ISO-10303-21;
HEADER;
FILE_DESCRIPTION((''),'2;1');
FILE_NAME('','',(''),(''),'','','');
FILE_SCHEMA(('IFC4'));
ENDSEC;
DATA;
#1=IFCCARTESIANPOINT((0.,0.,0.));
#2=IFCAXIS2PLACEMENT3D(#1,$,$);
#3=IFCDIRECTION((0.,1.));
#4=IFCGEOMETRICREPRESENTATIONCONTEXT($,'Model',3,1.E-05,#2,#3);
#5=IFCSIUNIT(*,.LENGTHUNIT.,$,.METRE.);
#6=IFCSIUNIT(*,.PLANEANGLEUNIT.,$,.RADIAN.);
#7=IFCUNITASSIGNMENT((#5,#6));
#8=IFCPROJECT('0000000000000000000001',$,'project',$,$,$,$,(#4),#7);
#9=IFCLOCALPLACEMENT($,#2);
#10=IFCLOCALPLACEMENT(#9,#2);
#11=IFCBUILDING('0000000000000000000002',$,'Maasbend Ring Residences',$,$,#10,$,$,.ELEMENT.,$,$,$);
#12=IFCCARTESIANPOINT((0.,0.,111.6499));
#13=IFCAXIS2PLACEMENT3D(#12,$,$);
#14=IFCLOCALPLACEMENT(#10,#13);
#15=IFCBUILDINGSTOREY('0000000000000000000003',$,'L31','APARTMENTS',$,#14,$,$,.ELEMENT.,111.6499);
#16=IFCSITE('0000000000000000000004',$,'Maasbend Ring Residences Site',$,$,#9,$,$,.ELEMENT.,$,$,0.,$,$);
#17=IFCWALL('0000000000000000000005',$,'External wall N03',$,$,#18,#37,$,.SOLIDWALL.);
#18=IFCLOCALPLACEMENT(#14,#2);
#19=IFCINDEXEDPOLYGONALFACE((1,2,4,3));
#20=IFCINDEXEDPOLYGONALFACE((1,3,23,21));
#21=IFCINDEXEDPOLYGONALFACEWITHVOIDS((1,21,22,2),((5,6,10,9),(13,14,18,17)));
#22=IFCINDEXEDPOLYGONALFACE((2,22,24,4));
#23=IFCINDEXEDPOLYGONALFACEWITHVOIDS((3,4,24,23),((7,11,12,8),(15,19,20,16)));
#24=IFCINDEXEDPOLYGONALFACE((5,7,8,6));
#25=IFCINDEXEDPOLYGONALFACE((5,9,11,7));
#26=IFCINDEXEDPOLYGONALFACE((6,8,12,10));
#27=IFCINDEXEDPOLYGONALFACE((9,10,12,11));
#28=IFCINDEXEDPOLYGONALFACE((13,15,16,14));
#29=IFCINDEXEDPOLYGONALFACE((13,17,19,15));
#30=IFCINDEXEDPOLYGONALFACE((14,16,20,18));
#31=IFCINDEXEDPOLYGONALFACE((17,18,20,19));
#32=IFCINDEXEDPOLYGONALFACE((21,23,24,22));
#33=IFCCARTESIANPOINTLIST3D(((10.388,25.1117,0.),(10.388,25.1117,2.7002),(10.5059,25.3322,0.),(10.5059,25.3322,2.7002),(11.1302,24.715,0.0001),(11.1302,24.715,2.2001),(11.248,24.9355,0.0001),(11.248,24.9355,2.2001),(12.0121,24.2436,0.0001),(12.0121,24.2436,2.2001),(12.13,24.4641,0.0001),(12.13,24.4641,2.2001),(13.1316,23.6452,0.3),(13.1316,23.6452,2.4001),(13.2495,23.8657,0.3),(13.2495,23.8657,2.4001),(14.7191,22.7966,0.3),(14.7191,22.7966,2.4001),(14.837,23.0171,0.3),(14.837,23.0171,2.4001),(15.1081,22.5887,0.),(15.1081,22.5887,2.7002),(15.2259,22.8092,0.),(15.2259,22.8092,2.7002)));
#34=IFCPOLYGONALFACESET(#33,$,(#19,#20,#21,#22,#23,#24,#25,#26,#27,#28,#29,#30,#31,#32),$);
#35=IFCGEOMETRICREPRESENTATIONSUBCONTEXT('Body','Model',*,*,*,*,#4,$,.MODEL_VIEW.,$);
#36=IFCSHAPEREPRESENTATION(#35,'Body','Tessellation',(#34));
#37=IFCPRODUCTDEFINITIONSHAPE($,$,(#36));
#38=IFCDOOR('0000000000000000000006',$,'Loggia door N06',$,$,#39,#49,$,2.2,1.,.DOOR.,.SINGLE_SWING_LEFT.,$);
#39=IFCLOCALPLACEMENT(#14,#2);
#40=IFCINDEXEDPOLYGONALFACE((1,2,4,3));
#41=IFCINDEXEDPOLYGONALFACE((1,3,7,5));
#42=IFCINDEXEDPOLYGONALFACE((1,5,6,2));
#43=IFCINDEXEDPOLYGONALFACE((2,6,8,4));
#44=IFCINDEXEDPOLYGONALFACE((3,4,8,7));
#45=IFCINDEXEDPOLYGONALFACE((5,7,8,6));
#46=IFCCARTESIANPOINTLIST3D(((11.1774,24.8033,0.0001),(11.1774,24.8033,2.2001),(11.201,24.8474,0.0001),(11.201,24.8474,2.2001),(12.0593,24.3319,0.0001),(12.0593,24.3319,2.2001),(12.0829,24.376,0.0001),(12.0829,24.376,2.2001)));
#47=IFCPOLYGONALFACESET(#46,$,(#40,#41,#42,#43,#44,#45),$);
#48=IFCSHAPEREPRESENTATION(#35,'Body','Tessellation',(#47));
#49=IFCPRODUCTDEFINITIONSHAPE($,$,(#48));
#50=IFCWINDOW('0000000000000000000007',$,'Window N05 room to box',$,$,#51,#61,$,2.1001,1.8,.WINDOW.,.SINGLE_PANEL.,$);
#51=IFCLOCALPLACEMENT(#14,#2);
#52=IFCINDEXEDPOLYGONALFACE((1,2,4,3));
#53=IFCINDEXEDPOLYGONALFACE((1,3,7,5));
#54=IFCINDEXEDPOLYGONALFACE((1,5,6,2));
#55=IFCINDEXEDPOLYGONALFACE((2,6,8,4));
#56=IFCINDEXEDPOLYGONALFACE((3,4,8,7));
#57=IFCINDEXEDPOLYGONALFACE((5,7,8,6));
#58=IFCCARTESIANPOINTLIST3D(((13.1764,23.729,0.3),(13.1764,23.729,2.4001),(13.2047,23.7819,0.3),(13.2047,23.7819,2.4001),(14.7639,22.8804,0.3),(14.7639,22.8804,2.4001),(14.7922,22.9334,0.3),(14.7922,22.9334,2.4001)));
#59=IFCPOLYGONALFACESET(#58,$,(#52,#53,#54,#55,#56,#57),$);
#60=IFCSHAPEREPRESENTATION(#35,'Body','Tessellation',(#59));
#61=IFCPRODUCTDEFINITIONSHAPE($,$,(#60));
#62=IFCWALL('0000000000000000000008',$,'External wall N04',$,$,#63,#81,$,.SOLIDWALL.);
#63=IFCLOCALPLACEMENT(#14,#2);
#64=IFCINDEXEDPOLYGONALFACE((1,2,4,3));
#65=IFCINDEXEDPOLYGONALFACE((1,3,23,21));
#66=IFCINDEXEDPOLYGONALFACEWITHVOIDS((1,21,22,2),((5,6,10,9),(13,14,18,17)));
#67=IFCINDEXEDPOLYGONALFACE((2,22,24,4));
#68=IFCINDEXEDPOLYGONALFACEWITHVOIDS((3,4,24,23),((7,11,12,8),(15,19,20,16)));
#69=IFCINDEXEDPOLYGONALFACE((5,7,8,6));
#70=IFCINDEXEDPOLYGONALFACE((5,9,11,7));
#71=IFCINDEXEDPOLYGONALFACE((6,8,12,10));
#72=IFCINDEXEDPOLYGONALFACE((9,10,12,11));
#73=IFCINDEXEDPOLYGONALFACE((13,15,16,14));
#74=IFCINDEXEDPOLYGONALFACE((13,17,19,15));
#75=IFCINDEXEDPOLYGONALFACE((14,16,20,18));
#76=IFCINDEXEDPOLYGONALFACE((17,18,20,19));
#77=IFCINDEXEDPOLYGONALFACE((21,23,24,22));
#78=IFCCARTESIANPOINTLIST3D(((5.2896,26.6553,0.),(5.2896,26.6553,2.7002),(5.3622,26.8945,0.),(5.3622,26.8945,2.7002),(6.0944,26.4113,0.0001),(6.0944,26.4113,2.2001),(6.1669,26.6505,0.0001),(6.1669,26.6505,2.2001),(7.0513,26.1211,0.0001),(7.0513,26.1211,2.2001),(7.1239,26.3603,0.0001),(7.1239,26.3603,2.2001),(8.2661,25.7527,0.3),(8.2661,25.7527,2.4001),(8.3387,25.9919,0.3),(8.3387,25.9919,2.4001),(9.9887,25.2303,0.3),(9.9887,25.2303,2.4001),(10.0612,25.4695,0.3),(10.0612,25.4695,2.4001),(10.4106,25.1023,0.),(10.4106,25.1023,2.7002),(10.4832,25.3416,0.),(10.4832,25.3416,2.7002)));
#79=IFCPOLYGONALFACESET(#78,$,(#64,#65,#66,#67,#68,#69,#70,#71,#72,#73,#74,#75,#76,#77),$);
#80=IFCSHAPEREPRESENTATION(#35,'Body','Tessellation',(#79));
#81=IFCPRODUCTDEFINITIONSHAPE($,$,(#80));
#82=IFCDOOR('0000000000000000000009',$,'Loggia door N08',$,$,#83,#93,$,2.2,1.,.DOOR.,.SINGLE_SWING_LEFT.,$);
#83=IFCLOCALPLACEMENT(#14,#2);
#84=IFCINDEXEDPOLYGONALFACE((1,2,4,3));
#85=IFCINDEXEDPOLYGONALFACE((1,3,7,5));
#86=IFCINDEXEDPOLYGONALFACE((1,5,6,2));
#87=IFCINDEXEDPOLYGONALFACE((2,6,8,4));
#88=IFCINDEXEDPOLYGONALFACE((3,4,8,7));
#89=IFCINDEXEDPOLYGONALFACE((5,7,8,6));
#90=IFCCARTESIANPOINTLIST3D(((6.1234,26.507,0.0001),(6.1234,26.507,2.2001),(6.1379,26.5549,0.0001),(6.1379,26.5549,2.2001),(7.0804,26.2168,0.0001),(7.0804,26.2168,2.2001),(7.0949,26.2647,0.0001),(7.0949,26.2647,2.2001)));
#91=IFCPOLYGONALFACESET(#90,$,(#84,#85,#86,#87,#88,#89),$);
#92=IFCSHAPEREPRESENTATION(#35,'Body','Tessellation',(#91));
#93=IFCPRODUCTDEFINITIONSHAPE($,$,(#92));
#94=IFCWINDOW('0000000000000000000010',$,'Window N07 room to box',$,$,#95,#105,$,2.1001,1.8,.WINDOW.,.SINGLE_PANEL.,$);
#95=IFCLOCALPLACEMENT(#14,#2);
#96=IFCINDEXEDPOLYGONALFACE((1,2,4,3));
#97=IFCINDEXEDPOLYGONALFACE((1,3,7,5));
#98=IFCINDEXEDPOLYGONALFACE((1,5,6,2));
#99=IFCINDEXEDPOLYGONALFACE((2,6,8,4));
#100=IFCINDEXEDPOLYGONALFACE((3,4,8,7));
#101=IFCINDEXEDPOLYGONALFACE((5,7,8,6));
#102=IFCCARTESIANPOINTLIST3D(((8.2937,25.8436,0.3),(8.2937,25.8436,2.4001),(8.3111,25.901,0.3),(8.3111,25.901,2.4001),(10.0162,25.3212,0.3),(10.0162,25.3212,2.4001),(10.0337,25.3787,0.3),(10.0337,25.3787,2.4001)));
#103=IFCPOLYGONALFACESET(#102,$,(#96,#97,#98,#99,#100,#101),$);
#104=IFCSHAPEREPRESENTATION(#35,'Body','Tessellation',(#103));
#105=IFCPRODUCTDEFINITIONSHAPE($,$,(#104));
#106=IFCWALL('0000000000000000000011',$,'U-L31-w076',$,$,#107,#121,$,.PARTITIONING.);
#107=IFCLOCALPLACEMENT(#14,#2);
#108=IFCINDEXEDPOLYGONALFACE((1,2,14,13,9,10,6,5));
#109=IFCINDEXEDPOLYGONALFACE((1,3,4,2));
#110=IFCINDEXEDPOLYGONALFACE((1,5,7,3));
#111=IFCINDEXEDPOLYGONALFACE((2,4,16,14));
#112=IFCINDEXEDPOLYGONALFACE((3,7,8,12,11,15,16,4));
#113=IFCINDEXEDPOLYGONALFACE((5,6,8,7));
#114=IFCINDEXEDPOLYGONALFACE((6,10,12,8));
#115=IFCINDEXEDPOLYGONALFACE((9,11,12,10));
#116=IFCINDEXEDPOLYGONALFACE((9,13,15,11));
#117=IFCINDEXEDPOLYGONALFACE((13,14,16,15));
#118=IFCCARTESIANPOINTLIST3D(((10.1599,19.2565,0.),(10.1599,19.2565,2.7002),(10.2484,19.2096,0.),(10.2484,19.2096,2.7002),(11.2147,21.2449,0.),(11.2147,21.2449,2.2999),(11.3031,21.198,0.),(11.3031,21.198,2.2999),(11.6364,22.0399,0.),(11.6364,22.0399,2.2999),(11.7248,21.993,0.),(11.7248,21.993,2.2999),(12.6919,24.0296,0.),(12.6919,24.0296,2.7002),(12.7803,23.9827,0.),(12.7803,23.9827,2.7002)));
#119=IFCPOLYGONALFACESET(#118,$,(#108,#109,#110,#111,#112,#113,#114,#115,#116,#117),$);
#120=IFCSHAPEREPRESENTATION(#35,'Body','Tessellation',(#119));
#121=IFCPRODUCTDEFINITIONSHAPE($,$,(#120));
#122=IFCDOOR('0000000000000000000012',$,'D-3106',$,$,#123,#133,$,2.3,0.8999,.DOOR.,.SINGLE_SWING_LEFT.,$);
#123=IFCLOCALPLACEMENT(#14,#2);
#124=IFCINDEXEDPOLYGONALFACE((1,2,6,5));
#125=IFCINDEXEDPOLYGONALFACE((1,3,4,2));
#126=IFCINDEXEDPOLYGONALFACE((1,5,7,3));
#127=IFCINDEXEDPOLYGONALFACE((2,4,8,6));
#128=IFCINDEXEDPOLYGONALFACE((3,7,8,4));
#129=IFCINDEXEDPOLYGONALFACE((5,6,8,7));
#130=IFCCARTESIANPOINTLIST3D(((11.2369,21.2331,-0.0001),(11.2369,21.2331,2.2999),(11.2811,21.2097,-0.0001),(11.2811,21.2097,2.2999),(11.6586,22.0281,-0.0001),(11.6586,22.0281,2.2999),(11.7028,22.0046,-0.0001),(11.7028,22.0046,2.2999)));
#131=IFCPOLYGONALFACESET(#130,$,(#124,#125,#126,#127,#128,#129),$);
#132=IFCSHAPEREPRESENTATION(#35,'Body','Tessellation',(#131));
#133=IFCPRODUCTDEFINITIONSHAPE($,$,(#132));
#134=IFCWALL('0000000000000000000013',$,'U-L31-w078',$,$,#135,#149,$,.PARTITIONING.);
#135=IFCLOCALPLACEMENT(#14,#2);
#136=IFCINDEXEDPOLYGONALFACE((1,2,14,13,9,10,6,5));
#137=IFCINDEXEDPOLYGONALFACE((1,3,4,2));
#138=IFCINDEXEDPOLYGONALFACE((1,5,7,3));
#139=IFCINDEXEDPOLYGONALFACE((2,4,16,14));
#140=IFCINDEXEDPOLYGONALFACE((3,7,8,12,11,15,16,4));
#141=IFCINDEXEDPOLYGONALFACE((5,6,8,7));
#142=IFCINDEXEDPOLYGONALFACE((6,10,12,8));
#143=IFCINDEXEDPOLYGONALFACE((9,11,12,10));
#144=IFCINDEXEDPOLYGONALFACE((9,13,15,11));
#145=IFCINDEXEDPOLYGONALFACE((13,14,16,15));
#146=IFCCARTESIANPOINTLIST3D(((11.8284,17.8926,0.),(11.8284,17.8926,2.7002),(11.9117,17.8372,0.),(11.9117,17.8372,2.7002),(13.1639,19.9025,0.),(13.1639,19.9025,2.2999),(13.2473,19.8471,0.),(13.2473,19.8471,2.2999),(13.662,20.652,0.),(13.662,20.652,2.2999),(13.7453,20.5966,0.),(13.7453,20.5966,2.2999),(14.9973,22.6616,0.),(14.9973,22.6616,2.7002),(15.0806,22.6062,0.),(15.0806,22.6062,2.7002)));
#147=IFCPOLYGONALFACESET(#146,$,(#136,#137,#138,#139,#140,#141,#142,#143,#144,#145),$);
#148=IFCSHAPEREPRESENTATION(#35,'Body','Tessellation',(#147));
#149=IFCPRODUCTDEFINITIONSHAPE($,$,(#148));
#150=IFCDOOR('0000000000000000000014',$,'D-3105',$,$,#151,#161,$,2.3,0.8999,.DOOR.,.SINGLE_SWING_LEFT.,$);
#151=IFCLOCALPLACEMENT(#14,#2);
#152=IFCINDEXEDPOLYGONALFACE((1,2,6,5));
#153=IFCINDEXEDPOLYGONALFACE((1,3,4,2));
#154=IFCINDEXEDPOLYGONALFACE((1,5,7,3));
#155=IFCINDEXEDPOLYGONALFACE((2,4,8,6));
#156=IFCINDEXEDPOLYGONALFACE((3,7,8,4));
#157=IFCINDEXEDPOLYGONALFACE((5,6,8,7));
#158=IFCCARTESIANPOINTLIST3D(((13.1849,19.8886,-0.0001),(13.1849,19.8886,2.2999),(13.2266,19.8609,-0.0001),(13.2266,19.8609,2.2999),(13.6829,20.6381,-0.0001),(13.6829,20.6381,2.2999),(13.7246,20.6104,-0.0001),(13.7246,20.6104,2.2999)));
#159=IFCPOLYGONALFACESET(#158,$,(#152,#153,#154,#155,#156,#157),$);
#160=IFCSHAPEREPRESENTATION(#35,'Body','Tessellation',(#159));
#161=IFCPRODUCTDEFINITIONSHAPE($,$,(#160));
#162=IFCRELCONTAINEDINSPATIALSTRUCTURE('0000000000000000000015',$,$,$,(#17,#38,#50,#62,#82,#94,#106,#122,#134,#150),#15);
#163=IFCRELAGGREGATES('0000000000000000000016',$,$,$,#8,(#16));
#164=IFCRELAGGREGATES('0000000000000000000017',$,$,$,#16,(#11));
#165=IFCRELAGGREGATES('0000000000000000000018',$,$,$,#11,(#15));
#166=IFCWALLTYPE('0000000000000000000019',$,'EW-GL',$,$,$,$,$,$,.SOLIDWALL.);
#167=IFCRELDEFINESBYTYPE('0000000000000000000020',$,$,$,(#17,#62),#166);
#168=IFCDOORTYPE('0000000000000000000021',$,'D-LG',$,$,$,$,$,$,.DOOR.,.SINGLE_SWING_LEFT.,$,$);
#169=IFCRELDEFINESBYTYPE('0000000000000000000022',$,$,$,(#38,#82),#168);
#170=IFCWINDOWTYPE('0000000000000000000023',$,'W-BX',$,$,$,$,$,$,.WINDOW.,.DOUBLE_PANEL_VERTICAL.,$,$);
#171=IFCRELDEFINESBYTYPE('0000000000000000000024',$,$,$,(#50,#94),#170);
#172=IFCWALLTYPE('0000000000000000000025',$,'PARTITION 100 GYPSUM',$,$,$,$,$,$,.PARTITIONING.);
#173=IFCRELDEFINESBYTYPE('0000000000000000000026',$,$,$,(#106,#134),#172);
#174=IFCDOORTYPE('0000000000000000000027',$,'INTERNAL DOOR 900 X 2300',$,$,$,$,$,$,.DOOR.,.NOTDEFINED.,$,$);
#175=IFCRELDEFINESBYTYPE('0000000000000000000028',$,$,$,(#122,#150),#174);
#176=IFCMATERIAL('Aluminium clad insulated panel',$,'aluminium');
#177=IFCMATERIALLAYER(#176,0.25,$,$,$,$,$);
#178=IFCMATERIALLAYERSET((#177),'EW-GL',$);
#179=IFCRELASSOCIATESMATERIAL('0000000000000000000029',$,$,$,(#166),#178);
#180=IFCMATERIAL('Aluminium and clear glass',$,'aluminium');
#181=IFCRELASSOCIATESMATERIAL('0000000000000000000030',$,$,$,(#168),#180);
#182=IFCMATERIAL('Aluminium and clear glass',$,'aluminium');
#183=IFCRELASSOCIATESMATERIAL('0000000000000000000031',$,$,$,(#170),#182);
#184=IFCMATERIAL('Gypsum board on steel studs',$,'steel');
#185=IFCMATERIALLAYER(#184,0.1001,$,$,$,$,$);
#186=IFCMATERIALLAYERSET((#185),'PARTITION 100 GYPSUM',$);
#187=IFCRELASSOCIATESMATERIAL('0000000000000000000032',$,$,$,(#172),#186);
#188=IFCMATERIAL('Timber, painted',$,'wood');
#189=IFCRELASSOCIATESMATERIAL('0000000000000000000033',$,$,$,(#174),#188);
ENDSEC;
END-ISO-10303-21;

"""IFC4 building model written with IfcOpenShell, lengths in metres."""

from ifc_helpers import new_model, si_unit, direction, frame, frame_2d, origin, place, context, subcontext, project, spatial, rectangle, extrude, material, layer, layer_set, type_object, element, fill, save


model = new_model("IFC4")

# Units and contexts
model_context = context("Model", 3, precision=1e-05, world=origin(), true_north=direction((0.0, 1.0)))
body_context = subcontext(model_context, "Body", "Model", "MODEL_VIEW")
ifc_project = project(units=[si_unit("LENGTHUNIT", "METRE"), si_unit("PLANEANGLEUNIT", "RADIAN")], contexts=[model_context])

# Site, building, storey
site_placement = place(None, origin())
site = spatial("IfcSite", under=ifc_project, at=site_placement, Name="Maasbend Ring Residences Site", CompositionType="ELEMENT", RefElevation=0.0)
building_placement = place(site_placement, origin())
building = spatial("IfcBuilding", under=site, at=building_placement, Name="Maasbend Ring Residences", CompositionType="ELEMENT")
storey_placement = place(building_placement, frame((0.0, 0.0, 111.6499)))
storey = spatial("IfcBuildingStorey", under=building, at=storey_placement, Name="L31", Description="APARTMENTS", CompositionType="ELEMENT", Elevation=111.6499)

# Walls, openings, doors, windows
ifc_material_1 = material(Name="Aluminium clad insulated panel", Category="aluminium")
ifc_layer_1 = layer(ifc_material_1, 0.25)
ifc_layer_set_1 = layer_set([ifc_layer_1], Name="EW-GL")
wall_type_1 = type_object("IfcWallType", Name="EW-GL", PredefinedType="SOLIDWALL", material=ifc_layer_set_1)
wall_1_placement = place(storey_placement, frame((15.167, 22.699, 0.0), z_axis=(0.0, 0.0, 1.0), x_axis=(-0.881916, 0.471407, 0.0)))
wall_1 = element("IfcWall", 1, at=wall_1_placement, inside=storey, type_object=wall_type_1, Name="External wall N03", PredefinedType="SOLIDWALL", context=body_context, shape_type="SweptSolid", body=[
    extrude(rectangle(XDim=5.3521, YDim=0.25, at=frame_2d((2.676, 0.0))), origin(), (0.0, 0.0, 1.0), 2.7002),
])
opening_1_placement = place(wall_1_placement, frame((0.4412, 0.0, 0.3)))
opening_1 = element("IfcOpeningElement", 2, at=opening_1_placement, cuts=wall_1, PredefinedType="OPENING", context=body_context, shape_type="SweptSolid", body=[
    extrude(rectangle(XDim=1.8, YDim=2.1001, at=frame_2d((0.8999, 1.05))), frame((0.0, 0.135, 0.0), z_axis=(0.0, -1.0, 0.0), x_axis=(1.0, 0.0, 0.0)), (0.0, 0.0, 1.0), 0.27),
])
opening_2_placement = place(wall_1_placement, frame((3.5105, 0.0, 0.0)))
opening_2 = element("IfcOpeningElement", 3, at=opening_2_placement, cuts=wall_1, PredefinedType="OPENING", context=body_context, shape_type="SweptSolid", body=[
    extrude(rectangle(XDim=1.0, YDim=2.2, at=frame_2d((0.5, 1.1001))), frame((0.0, 0.135, 0.0), z_axis=(0.0, -1.0, 0.0), x_axis=(1.0, 0.0, 0.0)), (0.0, 0.0, 1.0), 0.27),
])
ifc_material_2 = material(Name="Aluminium and clear glass", Category="aluminium")
door_type_1 = type_object("IfcDoorType", Name="D-LG", OperationType="SINGLE_SWING_LEFT", PredefinedType="DOOR", material=ifc_material_2)
door_1_placement = place(opening_2_placement, origin())
door_1 = element("IfcDoor", 4, at=door_1_placement, inside=storey, type_object=door_type_1, Name="Loggia door N06", OperationType="SINGLE_SWING_LEFT", OverallHeight=2.2, OverallWidth=1.0, PredefinedType="DOOR", context=body_context, shape_type="SweptSolid", body=[
    extrude(rectangle(XDim=1.0, YDim=2.2, at=frame_2d((0.5, 1.1001))), frame((0.0, 0.0249, 0.0), z_axis=(0.0, -1.0, 0.0), x_axis=(1.0, 0.0, 0.0)), (0.0, 0.0, 1.0), 0.05),
])
fill(opening_2, door_1)
ifc_material_3 = material(Name="Aluminium and clear glass", Category="aluminium")
window_type_1 = type_object("IfcWindowType", Name="W-BX", PartitioningType="DOUBLE_PANEL_VERTICAL", PredefinedType="WINDOW", material=ifc_material_3)
window_1_placement = place(opening_1_placement, origin())
window_1 = element("IfcWindow", 5, at=window_1_placement, inside=storey, type_object=window_type_1, Name="Window N05 room to box", OverallHeight=2.1001, OverallWidth=1.8, PartitioningType="SINGLE_PANEL", PredefinedType="WINDOW", context=body_context, shape_type="SweptSolid", body=[
    extrude(rectangle(XDim=1.8, YDim=2.1001, at=frame_2d((0.8999, 1.05))), frame((0.0, 0.03, 0.0), z_axis=(0.0, -1.0, 0.0), x_axis=(1.0, 0.0, 0.0)), (0.0, 0.0, 1.0), 0.0601),
])
fill(opening_1, window_1)
wall_2_placement = place(storey_placement, frame((10.447, 25.2219, 0.0), z_axis=(0.0, 0.0, 1.0), x_axis=(-0.956966, 0.290201, 0.0)))
wall_2 = element("IfcWall", 6, at=wall_2_placement, inside=storey, type_object=wall_type_1, Name="External wall N04", PredefinedType="SOLIDWALL", context=body_context, shape_type="SweptSolid", body=[
    extrude(rectangle(XDim=5.3513, YDim=0.25, at=frame_2d((2.6758, 0.0))), origin(), (0.0, 0.0, 1.0), 2.7002),
])
opening_3_placement = place(wall_2_placement, frame((0.4412, 0.0, 0.3)))
opening_3 = element("IfcOpeningElement", 7, at=opening_3_placement, cuts=wall_2, PredefinedType="OPENING", context=body_context, shape_type="SweptSolid", body=[
    extrude(rectangle(XDim=1.8, YDim=2.1001, at=frame_2d((0.8999, 1.05))), frame((0.0, 0.135, 0.0), z_axis=(0.0, -1.0, 0.0), x_axis=(1.0, 0.0, 0.0)), (0.0, 0.0, 1.0), 0.27),
])
opening_4_placement = place(wall_2_placement, frame((3.5105, 0.0, 0.0)))
opening_4 = element("IfcOpeningElement", 8, at=opening_4_placement, cuts=wall_2, PredefinedType="OPENING", context=body_context, shape_type="SweptSolid", body=[
    extrude(rectangle(XDim=1.0, YDim=2.2, at=frame_2d((0.5, 1.1001))), frame((0.0, 0.135, 0.0), z_axis=(0.0, -1.0, 0.0), x_axis=(1.0, 0.0, 0.0)), (0.0, 0.0, 1.0), 0.27),
])
door_2_placement = place(opening_4_placement, origin())
door_2 = element("IfcDoor", 9, at=door_2_placement, inside=storey, type_object=door_type_1, Name="Loggia door N08", OperationType="SINGLE_SWING_LEFT", OverallHeight=2.2, OverallWidth=1.0, PredefinedType="DOOR", context=body_context, shape_type="SweptSolid", body=[
    extrude(rectangle(XDim=1.0, YDim=2.2, at=frame_2d((0.5, 1.1001))), frame((0.0, 0.0249, 0.0), z_axis=(0.0, -1.0, 0.0), x_axis=(1.0, 0.0, 0.0)), (0.0, 0.0, 1.0), 0.05),
])
fill(opening_4, door_2)
window_2_placement = place(opening_3_placement, origin())
window_2 = element("IfcWindow", 10, at=window_2_placement, inside=storey, type_object=window_type_1, Name="Window N07 room to box", OverallHeight=2.1001, OverallWidth=1.8, PartitioningType="SINGLE_PANEL", PredefinedType="WINDOW", context=body_context, shape_type="SweptSolid", body=[
    extrude(rectangle(XDim=1.8, YDim=2.1001, at=frame_2d((0.8999, 1.05))), frame((0.0, 0.03, 0.0), z_axis=(0.0, -1.0, 0.0), x_axis=(1.0, 0.0, 0.0)), (0.0, 0.0, 1.0), 0.0601),
])
fill(opening_3, window_2)

# Walls, openings, doors
ifc_material_4 = material(Name="Gypsum board on steel studs", Category="steel")
ifc_layer_2 = layer(ifc_material_4, 0.1001)
ifc_layer_set_2 = layer_set([ifc_layer_2], Name="PARTITION 100 GYPSUM")
wall_type_2 = type_object("IfcWallType", Name="PARTITION 100 GYPSUM", PredefinedType="PARTITIONING", material=ifc_layer_set_2)
wall_3_placement = place(storey_placement, frame((10.2041, 19.2329, 0.0), z_axis=(0.0, 0.0, 1.0), x_axis=(0.46861, 0.883405, 0.0)))
wall_3 = element("IfcWall", 11, at=wall_3_placement, inside=storey, type_object=wall_type_2, Name="U-L31-w076", PredefinedType="PARTITIONING", context=body_context, shape_type="SweptSolid", body=[
    extrude(rectangle(XDim=5.4031, YDim=0.1001, at=frame_2d((2.7017, 0.0))), origin(), (0.0, 0.0, 1.0), 2.7002),
])
opening_5_placement = place(wall_3_placement, frame((2.251, 0.0, 0.0)))
opening_5 = element("IfcOpeningElement", 12, at=opening_5_placement, cuts=wall_3, PredefinedType="OPENING", context=body_context, shape_type="SweptSolid", body=[
    extrude(rectangle(XDim=0.8999, YDim=2.3, at=frame_2d((0.45, 1.1499))), frame((0.0, 0.0601, 0.0), z_axis=(0.0, -1.0, 0.0), x_axis=(1.0, 0.0, 0.0)), (0.0, 0.0, 1.0), 0.1201),
])
ifc_material_5 = material(Name="Timber, painted", Category="wood")
door_type_2 = type_object("IfcDoorType", Name="INTERNAL DOOR 900 X 2300", OperationType="NOTDEFINED", PredefinedType="DOOR", material=ifc_material_5)
door_3_placement = place(opening_5_placement, origin())
door_3 = element("IfcDoor", 13, at=door_3_placement, inside=storey, type_object=door_type_2, Name="D-3106", OperationType="SINGLE_SWING_LEFT", OverallHeight=2.3, OverallWidth=0.8999, PredefinedType="DOOR", context=body_context, shape_type="SweptSolid", body=[
    extrude(rectangle(XDim=0.8999, YDim=2.3, at=frame_2d((0.45, 1.1499))), frame((0.0, 0.0249, 0.0), z_axis=(0.0, -1.0, 0.0), x_axis=(1.0, 0.0, 0.0)), (0.0, 0.0, 1.0), 0.05),
])
fill(opening_5, door_3)
wall_4_placement = place(storey_placement, frame((11.8701, 17.865, 0.0), z_axis=(0.0, 0.0, 1.0), x_axis=(0.55344, 0.832889, 0.0)))
wall_4 = element("IfcWall", 14, at=wall_4_placement, inside=storey, type_object=wall_type_2, Name="U-L31-w078", PredefinedType="PARTITIONING", context=body_context, shape_type="SweptSolid", body=[
    extrude(rectangle(XDim=5.7258, YDim=0.1001, at=frame_2d((2.8628, 0.0))), origin(), (0.0, 0.0, 1.0), 2.7002),
])
opening_6_placement = place(wall_4_placement, frame((2.4131, 0.0, 0.0)))
opening_6 = element("IfcOpeningElement", 15, at=opening_6_placement, cuts=wall_4, PredefinedType="OPENING", context=body_context, shape_type="SweptSolid", body=[
    extrude(rectangle(XDim=0.8999, YDim=2.3, at=frame_2d((0.45, 1.1499))), frame((0.0, 0.0601, 0.0), z_axis=(0.0, -1.0, 0.0), x_axis=(1.0, 0.0, 0.0)), (0.0, 0.0, 1.0), 0.1201),
])
door_4_placement = place(opening_6_placement, origin())
door_4 = element("IfcDoor", 16, at=door_4_placement, inside=storey, type_object=door_type_2, Name="D-3105", OperationType="SINGLE_SWING_LEFT", OverallHeight=2.3, OverallWidth=0.8999, PredefinedType="DOOR", context=body_context, shape_type="SweptSolid", body=[
    extrude(rectangle(XDim=0.8999, YDim=2.3, at=frame_2d((0.45, 1.1499))), frame((0.0, 0.0249, 0.0), z_axis=(0.0, -1.0, 0.0), x_axis=(1.0, 0.0, 0.0)), (0.0, 0.0, 1.0), 0.05),
])
fill(opening_6, door_4)

save(model, "model.ifc")
